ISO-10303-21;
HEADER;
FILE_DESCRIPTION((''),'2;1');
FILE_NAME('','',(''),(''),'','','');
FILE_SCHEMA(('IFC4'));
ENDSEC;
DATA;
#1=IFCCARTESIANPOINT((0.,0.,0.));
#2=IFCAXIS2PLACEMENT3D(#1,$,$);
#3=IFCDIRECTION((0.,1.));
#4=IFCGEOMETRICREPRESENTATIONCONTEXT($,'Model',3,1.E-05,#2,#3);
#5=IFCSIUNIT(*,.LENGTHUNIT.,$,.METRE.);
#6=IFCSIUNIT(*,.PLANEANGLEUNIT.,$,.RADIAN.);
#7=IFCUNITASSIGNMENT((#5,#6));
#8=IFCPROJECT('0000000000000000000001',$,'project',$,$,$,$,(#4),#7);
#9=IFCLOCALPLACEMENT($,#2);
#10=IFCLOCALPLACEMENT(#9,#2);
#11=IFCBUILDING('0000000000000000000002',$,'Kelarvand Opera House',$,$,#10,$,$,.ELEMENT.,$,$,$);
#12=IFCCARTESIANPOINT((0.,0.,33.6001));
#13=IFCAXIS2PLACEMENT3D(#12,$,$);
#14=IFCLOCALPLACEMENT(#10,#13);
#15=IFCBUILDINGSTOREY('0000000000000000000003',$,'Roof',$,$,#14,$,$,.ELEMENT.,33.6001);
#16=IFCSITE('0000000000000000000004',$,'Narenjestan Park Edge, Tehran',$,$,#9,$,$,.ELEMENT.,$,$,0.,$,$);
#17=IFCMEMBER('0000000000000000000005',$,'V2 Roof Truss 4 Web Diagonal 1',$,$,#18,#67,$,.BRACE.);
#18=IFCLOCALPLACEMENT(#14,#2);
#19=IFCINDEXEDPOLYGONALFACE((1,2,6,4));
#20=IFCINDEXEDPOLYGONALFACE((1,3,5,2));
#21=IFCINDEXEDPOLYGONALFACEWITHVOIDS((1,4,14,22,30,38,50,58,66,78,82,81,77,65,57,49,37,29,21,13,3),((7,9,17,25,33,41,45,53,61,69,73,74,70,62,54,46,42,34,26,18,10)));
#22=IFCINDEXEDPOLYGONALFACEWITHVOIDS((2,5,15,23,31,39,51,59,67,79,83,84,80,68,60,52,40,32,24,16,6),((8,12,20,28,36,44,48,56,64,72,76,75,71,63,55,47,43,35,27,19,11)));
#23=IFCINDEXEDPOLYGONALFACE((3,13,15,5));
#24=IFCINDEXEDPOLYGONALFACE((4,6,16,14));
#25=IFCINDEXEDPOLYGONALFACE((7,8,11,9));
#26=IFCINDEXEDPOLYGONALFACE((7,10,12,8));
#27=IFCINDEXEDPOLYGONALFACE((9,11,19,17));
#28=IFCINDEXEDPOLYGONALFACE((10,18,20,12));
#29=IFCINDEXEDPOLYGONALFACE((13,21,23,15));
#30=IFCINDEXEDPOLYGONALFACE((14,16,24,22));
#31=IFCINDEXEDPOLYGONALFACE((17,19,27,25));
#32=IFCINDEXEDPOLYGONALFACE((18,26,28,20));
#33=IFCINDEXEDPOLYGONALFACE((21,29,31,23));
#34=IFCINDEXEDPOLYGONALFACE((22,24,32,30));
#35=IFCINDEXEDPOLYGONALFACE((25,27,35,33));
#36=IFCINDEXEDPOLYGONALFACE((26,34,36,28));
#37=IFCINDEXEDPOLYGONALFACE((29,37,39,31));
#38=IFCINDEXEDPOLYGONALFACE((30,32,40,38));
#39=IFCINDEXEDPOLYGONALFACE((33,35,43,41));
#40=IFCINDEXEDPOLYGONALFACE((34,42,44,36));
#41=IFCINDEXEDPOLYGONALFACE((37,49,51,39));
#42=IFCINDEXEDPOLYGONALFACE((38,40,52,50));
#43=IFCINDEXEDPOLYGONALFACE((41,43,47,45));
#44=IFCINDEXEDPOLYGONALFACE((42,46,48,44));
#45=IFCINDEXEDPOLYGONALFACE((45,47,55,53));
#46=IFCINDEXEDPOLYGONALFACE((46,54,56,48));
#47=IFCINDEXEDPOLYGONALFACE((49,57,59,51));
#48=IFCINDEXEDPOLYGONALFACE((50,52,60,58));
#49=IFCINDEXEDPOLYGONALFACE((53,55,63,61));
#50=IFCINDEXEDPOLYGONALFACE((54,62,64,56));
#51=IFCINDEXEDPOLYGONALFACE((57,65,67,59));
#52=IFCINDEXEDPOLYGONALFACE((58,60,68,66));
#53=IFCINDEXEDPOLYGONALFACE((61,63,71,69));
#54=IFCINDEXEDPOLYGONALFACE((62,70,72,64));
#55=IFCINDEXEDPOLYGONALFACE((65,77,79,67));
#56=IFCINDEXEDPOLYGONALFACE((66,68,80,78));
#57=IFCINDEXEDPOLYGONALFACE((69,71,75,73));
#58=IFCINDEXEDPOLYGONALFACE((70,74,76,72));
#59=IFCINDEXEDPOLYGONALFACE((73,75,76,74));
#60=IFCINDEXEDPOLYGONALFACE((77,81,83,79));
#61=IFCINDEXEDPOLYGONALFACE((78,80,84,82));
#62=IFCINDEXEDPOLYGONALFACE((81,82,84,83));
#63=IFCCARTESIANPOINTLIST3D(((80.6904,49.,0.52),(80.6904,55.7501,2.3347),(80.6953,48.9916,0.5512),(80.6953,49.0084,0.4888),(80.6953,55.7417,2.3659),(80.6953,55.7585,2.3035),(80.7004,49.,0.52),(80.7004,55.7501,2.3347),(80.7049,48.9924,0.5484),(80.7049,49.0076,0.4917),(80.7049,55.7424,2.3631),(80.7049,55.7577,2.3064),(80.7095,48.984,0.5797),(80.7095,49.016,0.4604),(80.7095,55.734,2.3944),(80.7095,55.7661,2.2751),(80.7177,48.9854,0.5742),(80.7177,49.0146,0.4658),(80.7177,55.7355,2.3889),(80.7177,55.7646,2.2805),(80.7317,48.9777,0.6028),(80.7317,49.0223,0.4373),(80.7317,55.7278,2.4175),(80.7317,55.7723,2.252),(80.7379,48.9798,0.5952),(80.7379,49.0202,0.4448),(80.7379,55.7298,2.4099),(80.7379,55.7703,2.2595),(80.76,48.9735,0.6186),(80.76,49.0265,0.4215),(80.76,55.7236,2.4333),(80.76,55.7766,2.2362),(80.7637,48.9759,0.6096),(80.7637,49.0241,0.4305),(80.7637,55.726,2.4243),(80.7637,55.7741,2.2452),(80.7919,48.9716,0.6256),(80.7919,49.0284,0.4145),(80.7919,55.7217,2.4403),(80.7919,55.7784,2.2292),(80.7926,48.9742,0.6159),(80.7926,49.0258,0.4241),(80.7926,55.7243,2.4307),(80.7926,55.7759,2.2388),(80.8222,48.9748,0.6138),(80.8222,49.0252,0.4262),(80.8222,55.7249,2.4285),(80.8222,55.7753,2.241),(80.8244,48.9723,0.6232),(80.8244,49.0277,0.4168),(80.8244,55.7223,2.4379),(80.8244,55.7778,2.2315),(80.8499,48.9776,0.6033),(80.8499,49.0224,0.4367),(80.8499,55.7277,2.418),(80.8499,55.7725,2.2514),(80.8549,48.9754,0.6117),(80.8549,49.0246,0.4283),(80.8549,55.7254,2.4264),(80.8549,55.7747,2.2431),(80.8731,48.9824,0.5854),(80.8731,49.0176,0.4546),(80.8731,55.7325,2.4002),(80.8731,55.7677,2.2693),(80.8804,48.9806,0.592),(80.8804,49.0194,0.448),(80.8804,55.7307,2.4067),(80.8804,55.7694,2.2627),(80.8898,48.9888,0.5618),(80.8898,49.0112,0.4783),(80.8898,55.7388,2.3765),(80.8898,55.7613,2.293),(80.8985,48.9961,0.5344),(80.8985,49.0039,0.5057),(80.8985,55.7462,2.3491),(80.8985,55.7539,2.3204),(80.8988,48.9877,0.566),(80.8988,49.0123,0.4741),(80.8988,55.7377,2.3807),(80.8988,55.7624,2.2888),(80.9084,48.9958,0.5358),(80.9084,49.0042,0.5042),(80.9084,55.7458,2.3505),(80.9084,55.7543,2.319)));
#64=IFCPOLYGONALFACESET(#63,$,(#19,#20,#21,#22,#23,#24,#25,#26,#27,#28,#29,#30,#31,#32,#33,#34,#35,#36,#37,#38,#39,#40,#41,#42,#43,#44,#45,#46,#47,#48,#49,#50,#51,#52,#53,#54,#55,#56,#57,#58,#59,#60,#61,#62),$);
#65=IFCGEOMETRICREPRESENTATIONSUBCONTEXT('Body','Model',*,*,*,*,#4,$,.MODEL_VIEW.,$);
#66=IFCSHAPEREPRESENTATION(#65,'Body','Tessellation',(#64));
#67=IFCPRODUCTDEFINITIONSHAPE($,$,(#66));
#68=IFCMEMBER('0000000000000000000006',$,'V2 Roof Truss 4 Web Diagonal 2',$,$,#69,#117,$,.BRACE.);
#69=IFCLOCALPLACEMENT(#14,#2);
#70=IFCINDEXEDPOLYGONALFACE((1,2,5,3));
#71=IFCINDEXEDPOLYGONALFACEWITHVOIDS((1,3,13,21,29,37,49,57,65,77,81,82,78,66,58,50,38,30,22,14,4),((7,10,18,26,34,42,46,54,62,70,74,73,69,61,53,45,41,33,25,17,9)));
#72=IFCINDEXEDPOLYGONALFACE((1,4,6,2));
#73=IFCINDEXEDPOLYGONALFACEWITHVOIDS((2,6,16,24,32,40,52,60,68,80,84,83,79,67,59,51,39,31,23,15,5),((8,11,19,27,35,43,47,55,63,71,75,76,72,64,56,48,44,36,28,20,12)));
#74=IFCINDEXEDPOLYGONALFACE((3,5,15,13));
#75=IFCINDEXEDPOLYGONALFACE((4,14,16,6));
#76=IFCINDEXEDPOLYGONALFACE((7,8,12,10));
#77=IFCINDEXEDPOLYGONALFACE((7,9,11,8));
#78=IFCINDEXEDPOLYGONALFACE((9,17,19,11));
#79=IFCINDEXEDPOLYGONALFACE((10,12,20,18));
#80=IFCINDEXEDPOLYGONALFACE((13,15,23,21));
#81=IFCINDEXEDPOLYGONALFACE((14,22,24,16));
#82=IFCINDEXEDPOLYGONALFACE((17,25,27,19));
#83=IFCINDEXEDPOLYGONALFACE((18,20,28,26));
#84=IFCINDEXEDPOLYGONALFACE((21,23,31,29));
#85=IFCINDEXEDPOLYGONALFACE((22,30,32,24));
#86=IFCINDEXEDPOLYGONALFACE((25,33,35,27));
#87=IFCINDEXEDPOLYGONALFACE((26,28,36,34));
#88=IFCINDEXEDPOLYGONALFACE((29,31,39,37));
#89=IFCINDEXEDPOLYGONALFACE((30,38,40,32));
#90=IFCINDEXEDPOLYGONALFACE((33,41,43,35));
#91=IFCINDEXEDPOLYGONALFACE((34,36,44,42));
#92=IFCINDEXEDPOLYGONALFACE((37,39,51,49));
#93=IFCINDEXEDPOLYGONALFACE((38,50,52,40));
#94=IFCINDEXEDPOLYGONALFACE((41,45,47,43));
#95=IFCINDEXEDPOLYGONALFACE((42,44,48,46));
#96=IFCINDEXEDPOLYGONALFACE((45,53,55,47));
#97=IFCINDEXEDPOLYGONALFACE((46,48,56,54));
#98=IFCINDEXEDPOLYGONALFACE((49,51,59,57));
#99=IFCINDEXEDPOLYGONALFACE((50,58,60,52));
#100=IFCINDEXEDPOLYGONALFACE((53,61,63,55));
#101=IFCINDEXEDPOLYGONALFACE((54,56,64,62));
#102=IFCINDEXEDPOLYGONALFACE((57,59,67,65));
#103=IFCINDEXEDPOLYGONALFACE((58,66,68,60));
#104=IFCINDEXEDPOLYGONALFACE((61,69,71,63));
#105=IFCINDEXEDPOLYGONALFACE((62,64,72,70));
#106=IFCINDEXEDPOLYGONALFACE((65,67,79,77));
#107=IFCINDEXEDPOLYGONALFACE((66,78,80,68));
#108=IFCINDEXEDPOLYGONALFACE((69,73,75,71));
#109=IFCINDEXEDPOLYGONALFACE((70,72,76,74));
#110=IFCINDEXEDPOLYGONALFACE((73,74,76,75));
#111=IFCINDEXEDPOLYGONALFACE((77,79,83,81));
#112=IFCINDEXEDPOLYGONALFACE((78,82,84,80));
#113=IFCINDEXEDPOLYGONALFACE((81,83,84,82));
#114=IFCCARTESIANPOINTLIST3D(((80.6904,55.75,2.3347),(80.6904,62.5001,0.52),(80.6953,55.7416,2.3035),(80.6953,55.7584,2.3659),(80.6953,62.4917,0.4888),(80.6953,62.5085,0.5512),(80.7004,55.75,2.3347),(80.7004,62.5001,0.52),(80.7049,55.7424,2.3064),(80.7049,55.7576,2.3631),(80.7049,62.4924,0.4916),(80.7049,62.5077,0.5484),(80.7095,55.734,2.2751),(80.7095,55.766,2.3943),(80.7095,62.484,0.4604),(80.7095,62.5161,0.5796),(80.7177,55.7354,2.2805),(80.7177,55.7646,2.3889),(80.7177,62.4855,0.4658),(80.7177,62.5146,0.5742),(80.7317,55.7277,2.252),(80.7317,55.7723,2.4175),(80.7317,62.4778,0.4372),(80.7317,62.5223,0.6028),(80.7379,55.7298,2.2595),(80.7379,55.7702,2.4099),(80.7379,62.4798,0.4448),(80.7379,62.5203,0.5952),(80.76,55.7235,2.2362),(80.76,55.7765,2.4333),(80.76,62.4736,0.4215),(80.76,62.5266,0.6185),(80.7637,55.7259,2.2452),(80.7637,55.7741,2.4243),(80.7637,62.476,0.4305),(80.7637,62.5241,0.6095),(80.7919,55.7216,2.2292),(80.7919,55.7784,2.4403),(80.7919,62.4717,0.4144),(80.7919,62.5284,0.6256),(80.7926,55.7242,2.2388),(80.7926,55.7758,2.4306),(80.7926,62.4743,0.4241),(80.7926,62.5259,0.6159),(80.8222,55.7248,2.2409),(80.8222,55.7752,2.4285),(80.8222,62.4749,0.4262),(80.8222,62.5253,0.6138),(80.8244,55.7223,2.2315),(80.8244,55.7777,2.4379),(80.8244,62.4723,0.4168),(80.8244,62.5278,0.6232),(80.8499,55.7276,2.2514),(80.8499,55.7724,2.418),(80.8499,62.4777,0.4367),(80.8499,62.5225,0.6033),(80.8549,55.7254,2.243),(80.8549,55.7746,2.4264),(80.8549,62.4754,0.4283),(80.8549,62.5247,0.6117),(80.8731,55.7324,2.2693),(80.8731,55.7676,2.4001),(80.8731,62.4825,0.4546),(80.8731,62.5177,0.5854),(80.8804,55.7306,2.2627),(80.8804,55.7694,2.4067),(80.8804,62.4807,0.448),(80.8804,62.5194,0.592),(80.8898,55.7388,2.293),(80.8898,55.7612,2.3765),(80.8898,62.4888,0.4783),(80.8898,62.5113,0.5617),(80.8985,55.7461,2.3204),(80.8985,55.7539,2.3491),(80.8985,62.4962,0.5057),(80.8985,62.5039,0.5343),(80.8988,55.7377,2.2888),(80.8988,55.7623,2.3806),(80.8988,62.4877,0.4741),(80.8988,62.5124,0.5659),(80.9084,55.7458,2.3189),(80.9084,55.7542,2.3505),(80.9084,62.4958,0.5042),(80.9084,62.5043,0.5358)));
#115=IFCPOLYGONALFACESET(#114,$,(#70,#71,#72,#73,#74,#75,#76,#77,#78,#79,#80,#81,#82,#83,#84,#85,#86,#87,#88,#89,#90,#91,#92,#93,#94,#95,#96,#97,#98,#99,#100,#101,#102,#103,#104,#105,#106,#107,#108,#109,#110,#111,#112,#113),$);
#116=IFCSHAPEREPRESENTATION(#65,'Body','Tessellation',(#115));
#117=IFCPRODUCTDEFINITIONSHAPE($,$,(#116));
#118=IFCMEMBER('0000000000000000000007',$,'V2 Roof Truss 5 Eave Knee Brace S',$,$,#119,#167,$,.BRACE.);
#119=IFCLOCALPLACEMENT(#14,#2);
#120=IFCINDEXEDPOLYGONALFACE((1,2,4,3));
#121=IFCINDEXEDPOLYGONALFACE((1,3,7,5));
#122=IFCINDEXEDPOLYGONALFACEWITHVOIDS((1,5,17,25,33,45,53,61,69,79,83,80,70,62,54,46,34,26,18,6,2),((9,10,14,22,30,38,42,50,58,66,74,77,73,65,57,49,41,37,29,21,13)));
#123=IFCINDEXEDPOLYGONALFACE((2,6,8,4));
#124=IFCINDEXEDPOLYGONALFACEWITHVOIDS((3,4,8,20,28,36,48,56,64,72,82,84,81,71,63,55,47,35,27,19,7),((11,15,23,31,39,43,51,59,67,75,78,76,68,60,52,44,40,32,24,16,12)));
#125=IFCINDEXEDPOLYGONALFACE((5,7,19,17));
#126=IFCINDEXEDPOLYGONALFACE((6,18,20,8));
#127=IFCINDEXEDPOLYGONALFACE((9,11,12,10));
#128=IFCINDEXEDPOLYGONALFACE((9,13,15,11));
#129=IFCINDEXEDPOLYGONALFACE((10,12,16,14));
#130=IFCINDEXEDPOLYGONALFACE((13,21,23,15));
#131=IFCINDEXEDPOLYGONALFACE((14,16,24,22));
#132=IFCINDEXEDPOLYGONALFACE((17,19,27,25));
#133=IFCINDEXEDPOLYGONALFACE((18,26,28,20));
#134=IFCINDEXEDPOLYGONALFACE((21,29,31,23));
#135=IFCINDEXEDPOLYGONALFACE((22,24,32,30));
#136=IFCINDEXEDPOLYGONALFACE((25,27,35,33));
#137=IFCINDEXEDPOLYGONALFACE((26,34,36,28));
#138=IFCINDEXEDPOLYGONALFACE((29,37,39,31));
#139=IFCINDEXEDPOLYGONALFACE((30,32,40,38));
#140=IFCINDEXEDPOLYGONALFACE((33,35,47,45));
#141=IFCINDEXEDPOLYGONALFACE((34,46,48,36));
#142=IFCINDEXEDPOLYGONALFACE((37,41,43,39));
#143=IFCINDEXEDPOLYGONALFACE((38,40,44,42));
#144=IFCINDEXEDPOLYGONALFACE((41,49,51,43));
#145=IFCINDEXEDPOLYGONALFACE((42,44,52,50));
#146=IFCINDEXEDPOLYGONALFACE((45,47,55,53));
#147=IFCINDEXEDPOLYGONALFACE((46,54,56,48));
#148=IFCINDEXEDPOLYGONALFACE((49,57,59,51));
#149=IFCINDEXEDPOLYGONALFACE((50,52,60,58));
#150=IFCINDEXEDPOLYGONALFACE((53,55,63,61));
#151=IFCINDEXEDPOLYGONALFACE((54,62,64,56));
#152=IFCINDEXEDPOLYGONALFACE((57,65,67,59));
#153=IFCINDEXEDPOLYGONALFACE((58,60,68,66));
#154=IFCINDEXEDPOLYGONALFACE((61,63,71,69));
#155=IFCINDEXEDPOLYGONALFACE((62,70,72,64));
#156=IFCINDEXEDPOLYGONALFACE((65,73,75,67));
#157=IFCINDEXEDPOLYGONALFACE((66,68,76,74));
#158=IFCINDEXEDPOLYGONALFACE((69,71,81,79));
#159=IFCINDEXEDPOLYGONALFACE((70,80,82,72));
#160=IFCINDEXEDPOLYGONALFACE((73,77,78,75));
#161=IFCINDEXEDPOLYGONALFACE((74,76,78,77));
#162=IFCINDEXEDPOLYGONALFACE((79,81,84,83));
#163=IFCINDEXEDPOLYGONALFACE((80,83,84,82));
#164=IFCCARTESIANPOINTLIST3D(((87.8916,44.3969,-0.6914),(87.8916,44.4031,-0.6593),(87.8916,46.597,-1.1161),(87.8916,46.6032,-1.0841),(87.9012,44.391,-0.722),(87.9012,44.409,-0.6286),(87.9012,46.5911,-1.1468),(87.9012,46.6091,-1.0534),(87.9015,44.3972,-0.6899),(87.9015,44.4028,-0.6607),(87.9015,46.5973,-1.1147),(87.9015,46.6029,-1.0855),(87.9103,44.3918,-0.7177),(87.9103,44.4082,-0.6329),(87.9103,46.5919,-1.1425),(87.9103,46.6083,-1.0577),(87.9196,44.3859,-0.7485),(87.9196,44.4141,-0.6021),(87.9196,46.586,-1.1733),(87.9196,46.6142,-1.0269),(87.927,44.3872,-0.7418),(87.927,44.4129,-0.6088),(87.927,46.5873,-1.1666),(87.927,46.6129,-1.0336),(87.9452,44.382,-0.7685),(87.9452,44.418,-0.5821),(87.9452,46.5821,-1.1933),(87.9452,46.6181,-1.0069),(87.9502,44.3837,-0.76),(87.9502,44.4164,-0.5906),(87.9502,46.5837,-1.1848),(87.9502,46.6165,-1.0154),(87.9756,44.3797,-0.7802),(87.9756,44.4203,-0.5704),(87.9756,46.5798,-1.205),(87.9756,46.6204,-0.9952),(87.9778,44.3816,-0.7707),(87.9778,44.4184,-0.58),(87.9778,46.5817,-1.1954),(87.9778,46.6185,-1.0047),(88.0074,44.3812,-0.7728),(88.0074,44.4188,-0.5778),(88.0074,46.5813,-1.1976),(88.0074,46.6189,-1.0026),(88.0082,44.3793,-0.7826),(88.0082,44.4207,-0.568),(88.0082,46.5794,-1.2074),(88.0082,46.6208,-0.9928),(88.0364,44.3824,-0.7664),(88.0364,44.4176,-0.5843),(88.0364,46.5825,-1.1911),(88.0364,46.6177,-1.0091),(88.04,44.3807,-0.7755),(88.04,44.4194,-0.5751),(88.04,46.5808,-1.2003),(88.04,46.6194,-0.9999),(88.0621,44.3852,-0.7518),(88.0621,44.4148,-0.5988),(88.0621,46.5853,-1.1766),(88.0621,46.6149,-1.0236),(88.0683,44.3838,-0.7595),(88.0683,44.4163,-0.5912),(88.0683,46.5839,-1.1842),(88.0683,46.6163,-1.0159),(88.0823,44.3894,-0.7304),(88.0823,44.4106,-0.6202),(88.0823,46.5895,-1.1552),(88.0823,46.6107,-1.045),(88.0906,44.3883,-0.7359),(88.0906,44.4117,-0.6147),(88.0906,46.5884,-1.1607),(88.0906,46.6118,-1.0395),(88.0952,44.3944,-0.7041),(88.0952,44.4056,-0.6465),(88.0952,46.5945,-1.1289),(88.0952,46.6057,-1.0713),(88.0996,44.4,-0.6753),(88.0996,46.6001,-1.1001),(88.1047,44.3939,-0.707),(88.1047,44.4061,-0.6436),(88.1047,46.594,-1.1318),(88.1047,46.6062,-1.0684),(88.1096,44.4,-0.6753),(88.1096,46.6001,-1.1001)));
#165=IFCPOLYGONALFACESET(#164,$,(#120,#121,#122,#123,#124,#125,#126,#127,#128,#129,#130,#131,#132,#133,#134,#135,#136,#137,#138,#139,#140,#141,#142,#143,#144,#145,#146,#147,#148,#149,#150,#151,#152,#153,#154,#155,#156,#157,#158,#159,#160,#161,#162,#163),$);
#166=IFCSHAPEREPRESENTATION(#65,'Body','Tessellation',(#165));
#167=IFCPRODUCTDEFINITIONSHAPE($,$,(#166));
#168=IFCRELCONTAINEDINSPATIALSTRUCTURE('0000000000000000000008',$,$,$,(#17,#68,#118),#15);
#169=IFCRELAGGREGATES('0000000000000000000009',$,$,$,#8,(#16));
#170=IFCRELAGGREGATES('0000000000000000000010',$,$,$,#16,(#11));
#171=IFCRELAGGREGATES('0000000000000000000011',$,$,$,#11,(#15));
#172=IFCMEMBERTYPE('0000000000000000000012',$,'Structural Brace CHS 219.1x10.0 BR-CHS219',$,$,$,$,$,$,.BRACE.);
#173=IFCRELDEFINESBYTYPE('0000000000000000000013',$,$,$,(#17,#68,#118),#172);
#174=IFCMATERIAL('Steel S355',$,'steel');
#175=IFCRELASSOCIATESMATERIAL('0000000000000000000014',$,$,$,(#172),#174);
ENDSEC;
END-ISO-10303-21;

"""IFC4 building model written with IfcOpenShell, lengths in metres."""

from ifc_helpers import new_model, si_unit, direction, frame, origin, origin_2d, place, context, subcontext, project, spatial, hollow_circle, extrude, material, material_profile, profile_set, type_object, element, save


model = new_model("IFC4")

# Units and contexts
model_context = context("Model", 3, precision=1e-05, world=origin(), true_north=direction((0.0, 1.0)))
body_context = subcontext(model_context, "Body", "Model", "MODEL_VIEW")
ifc_project = project(units=[si_unit("LENGTHUNIT", "METRE"), si_unit("PLANEANGLEUNIT", "RADIAN")], contexts=[model_context])

# Site, building, storey
site_placement = place(None, origin())
site = spatial("IfcSite", under=ifc_project, at=site_placement, Name="Narenjestan Park Edge, Tehran", CompositionType="ELEMENT", RefElevation=0.0)
building_placement = place(site_placement, origin())
building = spatial("IfcBuilding", under=site, at=building_placement, Name="Kelarvand Opera House", CompositionType="ELEMENT")
storey_placement = place(building_placement, frame((0.0, 0.0, 33.6001)))
storey = spatial("IfcBuildingStorey", under=building, at=storey_placement, Name="Roof", CompositionType="ELEMENT", Elevation=33.6001)

# Members
ifc_material = material(Name="Steel S355", Category="steel")
ifc_material_profile_1 = material_profile(ifc_material, hollow_circle(Radius=0.1096, WallThickness=0.01, at=origin_2d()), Name="CHS 219.1x10.0", Category="steel")
ifc_profile_set_1 = profile_set([ifc_material_profile_1], Name="Steel S355")
member_type_1 = type_object("IfcMemberType", Name="Structural Brace CHS 219.1x10.0 BR-CHS219", PredefinedType="BRACE", material=ifc_profile_set_1)
for number, where, z_axis, x_axis, name in (
    (1, (80.8, 49.0, 0.52), (0.0, 0.965709, 0.259625), (-1.0, 0.0, 0.0), "V2 Roof Truss 4 Web Diagonal 1"),
    (2, (80.8, 55.75, 2.3347), (0.0, 0.965709, -0.259625), (-1.0, 0.0, 0.0), "V2 Roof Truss 4 Web Diagonal 2"),
):
    element("IfcMember", number, at=place(storey_placement, frame(where, z_axis=z_axis, x_axis=x_axis)), inside=storey, type_object=member_type_1, Name=name, PredefinedType="BRACE", context=body_context, shape_type="SweptSolid", body=[
        extrude(hollow_circle(Radius=0.1096, WallThickness=0.01, at=origin_2d()), origin(), (0.0, 0.0, 1.0), 6.9897),
    ])
member_1_placement = place(storey_placement, frame((88.0, 46.6001, -1.1001), z_axis=(0.0, -0.981866, 0.189575), x_axis=(1.0, 0.0, 0.0)))
element("IfcMember", 3, at=member_1_placement, inside=storey, type_object=member_type_1, Name="V2 Roof Truss 5 Eave Knee Brace S", PredefinedType="BRACE", context=body_context, shape_type="SweptSolid", body=[
    extrude(hollow_circle(Radius=0.1096, WallThickness=0.01, at=origin_2d()), origin(), (0.0, 0.0, 1.0), 2.2407),
])

save(model, "model.ifc")
